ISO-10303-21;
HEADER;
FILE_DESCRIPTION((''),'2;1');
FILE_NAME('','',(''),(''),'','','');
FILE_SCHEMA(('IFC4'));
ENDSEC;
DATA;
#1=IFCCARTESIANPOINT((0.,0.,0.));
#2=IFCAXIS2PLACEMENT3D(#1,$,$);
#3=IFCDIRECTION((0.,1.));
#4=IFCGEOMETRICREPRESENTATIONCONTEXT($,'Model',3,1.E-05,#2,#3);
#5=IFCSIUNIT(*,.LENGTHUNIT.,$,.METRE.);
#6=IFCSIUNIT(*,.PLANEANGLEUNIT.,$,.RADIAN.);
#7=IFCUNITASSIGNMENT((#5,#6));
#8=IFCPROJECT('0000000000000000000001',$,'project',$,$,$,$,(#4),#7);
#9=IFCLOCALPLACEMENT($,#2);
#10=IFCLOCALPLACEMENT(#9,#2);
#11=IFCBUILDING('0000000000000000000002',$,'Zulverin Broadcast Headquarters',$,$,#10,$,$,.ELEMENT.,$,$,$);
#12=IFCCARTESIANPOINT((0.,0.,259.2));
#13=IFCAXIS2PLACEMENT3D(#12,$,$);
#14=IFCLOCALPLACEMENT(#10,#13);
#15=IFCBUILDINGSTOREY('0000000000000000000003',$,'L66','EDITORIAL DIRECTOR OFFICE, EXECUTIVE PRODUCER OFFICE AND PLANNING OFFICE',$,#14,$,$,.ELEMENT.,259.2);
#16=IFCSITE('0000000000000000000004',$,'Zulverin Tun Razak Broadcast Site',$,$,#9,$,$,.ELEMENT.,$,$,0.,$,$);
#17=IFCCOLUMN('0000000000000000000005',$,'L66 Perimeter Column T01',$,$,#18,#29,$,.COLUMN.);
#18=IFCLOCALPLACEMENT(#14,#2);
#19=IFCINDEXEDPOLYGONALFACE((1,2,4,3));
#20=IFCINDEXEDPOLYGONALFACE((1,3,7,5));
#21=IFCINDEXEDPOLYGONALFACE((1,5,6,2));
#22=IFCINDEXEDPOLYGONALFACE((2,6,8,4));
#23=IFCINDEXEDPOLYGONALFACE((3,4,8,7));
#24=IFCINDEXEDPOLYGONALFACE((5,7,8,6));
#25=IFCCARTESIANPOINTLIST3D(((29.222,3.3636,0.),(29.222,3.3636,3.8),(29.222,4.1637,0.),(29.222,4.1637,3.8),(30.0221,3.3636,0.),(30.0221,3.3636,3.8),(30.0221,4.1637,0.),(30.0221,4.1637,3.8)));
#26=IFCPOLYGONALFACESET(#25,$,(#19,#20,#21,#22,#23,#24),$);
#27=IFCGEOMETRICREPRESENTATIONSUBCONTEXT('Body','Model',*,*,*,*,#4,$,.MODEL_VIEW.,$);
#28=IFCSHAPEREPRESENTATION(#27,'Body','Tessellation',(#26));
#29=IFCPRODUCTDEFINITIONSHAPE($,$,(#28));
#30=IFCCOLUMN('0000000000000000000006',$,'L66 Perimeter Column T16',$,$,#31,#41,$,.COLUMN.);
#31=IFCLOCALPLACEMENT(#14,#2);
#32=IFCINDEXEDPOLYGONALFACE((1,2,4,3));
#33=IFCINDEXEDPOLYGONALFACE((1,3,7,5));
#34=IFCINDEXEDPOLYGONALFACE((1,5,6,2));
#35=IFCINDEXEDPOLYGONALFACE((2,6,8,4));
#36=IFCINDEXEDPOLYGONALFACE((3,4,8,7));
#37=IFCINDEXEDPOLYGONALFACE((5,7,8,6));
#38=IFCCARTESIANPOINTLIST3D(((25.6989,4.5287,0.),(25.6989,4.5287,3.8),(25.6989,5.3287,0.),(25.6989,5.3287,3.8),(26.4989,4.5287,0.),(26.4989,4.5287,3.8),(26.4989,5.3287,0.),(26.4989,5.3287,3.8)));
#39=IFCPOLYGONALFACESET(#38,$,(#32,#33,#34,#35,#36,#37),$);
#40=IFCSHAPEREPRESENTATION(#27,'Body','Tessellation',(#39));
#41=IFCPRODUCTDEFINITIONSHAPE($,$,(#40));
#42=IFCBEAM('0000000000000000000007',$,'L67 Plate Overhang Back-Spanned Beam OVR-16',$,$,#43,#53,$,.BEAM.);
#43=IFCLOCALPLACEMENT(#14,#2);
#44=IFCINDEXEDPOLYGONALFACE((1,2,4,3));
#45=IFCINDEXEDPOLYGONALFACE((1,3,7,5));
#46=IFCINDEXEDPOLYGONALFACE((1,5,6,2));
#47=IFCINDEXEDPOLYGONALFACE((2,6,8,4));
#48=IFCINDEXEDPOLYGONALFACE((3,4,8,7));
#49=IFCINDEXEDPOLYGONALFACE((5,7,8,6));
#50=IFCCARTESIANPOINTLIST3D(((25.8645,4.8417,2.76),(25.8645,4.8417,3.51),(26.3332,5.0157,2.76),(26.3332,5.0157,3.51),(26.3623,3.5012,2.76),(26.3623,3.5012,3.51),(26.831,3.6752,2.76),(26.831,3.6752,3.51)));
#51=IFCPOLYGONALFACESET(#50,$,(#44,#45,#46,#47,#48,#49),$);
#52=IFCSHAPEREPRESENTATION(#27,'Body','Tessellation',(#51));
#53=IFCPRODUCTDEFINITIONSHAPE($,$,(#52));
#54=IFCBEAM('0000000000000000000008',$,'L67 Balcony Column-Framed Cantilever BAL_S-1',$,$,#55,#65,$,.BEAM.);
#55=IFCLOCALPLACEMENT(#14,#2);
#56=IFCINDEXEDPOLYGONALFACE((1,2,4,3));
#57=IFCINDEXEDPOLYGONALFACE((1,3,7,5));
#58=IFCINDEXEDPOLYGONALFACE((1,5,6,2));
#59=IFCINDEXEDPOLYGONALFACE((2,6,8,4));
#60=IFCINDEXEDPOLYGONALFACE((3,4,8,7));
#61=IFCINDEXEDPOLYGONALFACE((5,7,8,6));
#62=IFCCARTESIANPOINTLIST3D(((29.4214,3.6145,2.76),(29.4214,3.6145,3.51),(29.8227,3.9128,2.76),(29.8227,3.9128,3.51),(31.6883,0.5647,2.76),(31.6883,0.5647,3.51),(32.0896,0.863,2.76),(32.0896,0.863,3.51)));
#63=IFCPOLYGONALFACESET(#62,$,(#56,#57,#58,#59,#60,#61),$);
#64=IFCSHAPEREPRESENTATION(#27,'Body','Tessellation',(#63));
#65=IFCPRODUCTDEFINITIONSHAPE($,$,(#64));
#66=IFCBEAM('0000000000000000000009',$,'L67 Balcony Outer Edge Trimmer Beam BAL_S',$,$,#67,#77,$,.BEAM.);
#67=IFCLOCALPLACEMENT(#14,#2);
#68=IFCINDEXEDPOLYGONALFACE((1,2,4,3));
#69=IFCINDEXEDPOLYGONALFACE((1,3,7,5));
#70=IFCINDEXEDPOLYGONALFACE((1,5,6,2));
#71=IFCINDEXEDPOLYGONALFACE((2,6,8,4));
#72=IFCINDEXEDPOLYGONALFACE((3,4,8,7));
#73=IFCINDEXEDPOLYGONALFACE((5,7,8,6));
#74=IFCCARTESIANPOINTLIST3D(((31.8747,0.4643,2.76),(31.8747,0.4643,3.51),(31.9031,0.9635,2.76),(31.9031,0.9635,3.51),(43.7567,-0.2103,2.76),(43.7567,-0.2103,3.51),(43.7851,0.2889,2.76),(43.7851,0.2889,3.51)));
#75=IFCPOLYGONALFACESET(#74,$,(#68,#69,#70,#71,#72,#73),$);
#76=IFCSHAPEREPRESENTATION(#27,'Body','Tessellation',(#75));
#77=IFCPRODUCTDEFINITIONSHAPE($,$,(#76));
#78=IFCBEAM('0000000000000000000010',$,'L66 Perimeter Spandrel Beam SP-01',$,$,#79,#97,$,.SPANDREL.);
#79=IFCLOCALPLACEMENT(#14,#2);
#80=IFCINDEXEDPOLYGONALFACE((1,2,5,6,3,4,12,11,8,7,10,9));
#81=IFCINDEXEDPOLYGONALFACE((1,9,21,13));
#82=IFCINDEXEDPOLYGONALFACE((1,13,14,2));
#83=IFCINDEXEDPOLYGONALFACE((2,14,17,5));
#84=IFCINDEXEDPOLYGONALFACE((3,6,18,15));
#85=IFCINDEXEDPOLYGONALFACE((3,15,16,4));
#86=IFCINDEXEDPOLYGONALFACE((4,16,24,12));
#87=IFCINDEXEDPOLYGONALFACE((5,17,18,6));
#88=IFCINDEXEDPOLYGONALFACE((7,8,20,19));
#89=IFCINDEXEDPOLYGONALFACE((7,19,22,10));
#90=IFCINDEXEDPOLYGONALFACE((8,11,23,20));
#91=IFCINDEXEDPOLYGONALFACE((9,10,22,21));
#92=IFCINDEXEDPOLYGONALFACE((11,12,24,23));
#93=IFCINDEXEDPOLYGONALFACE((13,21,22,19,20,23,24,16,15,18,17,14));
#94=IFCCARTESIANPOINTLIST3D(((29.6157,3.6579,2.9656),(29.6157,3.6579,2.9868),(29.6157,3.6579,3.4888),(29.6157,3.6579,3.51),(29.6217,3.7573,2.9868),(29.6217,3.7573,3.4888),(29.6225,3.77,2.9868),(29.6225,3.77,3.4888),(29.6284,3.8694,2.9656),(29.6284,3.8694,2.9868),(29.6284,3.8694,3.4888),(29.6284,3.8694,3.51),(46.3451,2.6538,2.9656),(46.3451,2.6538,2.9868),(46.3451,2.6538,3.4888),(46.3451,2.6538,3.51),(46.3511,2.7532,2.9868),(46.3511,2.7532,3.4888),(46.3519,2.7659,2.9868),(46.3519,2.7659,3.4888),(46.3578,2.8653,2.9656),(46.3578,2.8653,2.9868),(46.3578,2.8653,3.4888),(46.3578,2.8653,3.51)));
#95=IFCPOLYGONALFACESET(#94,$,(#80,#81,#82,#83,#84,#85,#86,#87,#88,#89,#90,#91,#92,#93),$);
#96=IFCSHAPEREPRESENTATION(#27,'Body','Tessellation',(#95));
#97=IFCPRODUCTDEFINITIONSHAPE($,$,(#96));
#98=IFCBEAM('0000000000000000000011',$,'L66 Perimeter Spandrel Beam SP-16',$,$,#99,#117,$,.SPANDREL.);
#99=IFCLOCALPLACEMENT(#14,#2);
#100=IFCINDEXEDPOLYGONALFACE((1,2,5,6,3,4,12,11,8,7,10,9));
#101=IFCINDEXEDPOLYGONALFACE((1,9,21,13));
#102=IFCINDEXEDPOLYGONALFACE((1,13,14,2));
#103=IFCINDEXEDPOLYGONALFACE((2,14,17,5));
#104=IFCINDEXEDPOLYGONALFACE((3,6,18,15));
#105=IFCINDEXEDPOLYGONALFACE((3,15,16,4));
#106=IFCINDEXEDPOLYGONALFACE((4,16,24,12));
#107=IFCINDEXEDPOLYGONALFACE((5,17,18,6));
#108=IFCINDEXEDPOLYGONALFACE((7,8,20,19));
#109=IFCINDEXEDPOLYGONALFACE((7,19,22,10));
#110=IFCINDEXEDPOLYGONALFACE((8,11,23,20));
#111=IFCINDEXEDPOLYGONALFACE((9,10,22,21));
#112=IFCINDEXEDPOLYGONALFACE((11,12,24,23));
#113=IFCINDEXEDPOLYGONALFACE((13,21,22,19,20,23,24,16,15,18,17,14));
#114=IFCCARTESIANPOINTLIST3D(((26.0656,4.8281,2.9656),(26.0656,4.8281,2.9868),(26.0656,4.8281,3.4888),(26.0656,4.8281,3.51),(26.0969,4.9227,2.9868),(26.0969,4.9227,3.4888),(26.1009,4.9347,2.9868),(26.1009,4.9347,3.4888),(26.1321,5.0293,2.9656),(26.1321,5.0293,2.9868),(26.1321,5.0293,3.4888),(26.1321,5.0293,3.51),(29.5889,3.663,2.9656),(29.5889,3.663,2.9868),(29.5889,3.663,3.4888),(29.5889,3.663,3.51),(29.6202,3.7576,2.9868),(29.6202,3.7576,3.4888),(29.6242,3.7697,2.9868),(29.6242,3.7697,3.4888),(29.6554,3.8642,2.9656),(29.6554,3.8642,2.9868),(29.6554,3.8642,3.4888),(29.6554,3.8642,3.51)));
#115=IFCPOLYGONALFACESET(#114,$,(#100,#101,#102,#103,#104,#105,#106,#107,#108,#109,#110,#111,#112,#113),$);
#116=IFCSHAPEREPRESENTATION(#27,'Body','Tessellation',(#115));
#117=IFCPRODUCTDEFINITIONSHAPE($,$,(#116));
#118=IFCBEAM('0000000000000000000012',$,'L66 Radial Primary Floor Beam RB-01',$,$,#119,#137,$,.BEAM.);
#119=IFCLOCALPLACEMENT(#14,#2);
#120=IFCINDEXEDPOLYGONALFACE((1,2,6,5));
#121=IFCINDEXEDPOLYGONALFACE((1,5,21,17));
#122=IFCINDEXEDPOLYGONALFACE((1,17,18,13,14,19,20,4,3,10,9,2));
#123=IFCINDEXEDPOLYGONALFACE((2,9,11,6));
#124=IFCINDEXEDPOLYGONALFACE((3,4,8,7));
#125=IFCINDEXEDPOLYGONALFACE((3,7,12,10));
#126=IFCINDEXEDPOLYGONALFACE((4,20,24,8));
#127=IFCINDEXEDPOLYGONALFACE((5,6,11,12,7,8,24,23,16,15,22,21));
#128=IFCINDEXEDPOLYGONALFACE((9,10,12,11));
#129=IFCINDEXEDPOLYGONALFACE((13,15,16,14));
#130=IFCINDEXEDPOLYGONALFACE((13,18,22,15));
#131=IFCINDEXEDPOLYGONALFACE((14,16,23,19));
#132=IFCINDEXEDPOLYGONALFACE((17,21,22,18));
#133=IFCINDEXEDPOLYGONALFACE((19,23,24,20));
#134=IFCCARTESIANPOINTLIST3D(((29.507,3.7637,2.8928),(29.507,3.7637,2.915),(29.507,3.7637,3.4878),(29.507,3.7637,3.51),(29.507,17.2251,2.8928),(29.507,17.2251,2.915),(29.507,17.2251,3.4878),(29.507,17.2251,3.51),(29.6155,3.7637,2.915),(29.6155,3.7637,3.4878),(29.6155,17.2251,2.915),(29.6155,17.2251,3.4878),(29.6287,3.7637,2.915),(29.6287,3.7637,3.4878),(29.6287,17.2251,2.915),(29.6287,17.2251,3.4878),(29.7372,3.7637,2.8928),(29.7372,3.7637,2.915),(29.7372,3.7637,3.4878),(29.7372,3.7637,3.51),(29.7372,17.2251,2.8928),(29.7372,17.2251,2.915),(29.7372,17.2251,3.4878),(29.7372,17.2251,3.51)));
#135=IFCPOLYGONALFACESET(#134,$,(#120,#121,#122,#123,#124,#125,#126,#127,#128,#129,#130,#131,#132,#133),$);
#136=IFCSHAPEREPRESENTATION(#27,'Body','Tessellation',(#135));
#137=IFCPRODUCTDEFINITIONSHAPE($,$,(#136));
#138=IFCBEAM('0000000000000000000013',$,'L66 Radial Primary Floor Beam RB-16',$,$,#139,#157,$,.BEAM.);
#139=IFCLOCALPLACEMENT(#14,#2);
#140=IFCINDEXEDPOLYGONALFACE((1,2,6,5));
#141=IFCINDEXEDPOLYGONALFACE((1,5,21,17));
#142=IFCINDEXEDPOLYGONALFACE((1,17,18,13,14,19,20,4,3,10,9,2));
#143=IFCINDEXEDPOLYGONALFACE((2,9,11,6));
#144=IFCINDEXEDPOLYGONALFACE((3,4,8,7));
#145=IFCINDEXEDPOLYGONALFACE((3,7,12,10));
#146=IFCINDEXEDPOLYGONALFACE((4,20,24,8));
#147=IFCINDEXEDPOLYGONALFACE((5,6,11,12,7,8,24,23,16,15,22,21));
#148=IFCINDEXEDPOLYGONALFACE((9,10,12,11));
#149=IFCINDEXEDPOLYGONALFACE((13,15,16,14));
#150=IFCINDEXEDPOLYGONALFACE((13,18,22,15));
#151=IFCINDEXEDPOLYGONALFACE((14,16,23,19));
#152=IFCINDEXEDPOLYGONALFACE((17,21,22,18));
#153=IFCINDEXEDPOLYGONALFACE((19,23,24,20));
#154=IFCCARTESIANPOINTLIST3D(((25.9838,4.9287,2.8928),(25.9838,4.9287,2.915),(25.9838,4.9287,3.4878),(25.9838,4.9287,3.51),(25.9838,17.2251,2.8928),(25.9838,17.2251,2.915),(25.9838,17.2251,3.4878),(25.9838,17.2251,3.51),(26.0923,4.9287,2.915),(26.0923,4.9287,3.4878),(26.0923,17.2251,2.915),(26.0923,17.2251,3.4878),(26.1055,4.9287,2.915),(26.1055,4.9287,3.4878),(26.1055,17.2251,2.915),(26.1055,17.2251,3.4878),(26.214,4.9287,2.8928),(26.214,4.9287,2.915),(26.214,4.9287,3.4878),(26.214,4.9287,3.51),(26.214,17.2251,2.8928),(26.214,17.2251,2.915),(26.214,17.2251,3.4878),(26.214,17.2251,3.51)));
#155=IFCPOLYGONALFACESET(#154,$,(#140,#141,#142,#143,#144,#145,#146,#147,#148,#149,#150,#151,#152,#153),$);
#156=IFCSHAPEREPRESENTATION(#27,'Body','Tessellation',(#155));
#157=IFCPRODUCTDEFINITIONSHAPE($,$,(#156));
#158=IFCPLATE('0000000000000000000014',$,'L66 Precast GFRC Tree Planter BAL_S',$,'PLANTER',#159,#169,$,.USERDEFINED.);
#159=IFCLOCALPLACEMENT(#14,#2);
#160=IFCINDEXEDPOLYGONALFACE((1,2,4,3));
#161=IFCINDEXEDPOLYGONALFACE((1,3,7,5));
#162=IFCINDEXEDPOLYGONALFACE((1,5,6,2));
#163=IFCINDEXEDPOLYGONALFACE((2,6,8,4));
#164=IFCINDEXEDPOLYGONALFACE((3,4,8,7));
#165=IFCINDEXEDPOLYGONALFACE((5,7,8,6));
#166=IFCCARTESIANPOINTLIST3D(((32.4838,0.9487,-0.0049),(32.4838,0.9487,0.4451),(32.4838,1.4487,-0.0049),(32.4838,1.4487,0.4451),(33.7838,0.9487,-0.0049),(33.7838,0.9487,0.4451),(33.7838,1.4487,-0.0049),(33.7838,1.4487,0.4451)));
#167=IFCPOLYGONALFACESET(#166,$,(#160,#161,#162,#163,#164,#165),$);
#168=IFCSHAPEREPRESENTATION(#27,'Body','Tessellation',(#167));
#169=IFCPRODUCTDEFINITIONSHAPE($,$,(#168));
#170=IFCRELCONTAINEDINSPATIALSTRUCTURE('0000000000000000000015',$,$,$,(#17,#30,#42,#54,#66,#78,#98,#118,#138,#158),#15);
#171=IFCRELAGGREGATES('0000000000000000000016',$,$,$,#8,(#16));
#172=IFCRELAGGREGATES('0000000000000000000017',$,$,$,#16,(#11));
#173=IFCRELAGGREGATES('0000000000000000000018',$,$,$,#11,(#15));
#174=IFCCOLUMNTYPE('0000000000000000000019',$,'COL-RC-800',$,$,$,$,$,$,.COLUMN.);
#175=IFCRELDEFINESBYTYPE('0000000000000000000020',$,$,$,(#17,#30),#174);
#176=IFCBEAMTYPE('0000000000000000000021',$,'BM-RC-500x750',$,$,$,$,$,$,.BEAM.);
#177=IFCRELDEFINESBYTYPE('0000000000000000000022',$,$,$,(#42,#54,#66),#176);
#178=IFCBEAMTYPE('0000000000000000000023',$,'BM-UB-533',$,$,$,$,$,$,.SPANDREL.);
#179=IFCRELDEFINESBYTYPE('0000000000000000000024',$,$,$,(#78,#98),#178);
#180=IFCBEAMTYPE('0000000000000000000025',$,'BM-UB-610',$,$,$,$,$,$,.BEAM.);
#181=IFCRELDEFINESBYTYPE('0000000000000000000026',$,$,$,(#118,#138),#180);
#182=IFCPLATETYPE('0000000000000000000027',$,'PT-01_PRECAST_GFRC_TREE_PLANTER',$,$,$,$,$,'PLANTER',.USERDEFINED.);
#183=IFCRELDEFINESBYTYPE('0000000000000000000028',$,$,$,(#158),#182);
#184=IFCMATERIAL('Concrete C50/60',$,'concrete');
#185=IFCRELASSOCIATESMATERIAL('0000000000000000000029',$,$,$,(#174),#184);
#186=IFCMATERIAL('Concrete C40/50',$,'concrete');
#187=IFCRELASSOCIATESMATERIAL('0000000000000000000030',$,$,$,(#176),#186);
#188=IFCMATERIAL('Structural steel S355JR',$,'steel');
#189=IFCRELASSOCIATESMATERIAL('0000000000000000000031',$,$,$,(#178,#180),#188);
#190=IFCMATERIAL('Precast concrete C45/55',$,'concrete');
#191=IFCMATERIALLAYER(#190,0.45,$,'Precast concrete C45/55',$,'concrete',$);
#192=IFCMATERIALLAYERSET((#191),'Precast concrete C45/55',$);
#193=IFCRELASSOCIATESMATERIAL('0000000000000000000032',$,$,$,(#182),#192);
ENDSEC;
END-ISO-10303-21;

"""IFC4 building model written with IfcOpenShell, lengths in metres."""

from ifc_helpers import new_model, si_unit, direction, frame, origin, origin_2d, place, context, subcontext, project, spatial, rectangle, i_section, extrude, material, layer, layer_set, material_profile, profile_set, type_object, element, save


model = new_model("IFC4")

# Units and contexts
model_context = context("Model", 3, precision=1e-05, world=origin(), true_north=direction((0.0, 1.0)))
body_context = subcontext(model_context, "Body", "Model", "MODEL_VIEW")
ifc_project = project(units=[si_unit("LENGTHUNIT", "METRE"), si_unit("PLANEANGLEUNIT", "RADIAN")], contexts=[model_context])

# Site, building, storey
site_placement = place(None, origin())
site = spatial("IfcSite", under=ifc_project, at=site_placement, Name="Zulverin Tun Razak Broadcast Site", CompositionType="ELEMENT", RefElevation=0.0)
building_placement = place(site_placement, origin())
building = spatial("IfcBuilding", under=site, at=building_placement, Name="Zulverin Broadcast Headquarters", CompositionType="ELEMENT")
storey_placement = place(building_placement, frame((0.0, 0.0, 259.2)))
storey = spatial("IfcBuildingStorey", under=building, at=storey_placement, Name="L66", Description="EDITORIAL DIRECTOR OFFICE, EXECUTIVE PRODUCER OFFICE AND PLANNING OFFICE", CompositionType="ELEMENT", Elevation=259.2)

# Columns
ifc_material_1 = material(Name="Concrete C50/60", Category="concrete")
ifc_material_profile_1 = material_profile(ifc_material_1, rectangle(XDim=0.8, YDim=0.8, at=origin_2d()), Name="Concrete C50/60", Category="concrete")
ifc_profile_set_1 = profile_set([ifc_material_profile_1], Name="Concrete C50/60")
column_type = type_object("IfcColumnType", Name="COL-RC-800", PredefinedType="COLUMN", material=ifc_profile_set_1)
for number, where, z_axis, x_axis, name in (
    (1, (29.6221, 3.7637, 0.0), (0.0, 0.0, 1.0), (1.0, 0.0, 0.0), "L66 Perimeter Column T01"),
    (2, (26.0989, 4.9287, 0.0), (0.0, 0.0, 1.0), (1.0, 0.0, 0.0), "L66 Perimeter Column T16"),
):
    element("IfcColumn", number, at=place(storey_placement, frame(where, z_axis=z_axis, x_axis=x_axis)), inside=storey, type_object=column_type, Name=name, PredefinedType="COLUMN", context=body_context, shape_type="SweptSolid", body=[
        extrude(rectangle(XDim=0.8, YDim=0.8, at=origin_2d()), origin(), (0.0, 0.0, 1.0), 3.8),
    ])

# Beams
ifc_material_2 = material(Name="Concrete C40/50", Category="concrete")
ifc_material_profile_2 = material_profile(ifc_material_2, rectangle(XDim=0.5, YDim=0.75, at=origin_2d()), Name="Concrete C40/50", Category="concrete")
ifc_profile_set_2 = profile_set([ifc_material_profile_2], Name="Concrete C40/50")
beam_type_1 = type_object("IfcBeamType", Name="BM-RC-500x750", PredefinedType="BEAM", material=ifc_profile_set_2)
beam_1_placement = place(storey_placement, frame((26.0989, 4.9287, 3.135), z_axis=(0.348109, -0.937454, 0.0), x_axis=(0.937454, 0.348109, 0.0)))
element("IfcBeam", 3, at=beam_1_placement, inside=storey, type_object=beam_type_1, Name="L67 Plate Overhang Back-Spanned Beam OVR-16", PredefinedType="BEAM", context=body_context, shape_type="SweptSolid", body=[
    extrude(rectangle(XDim=0.5, YDim=0.75, at=origin_2d()), origin(), (0.0, 0.0, 1.0), 1.4299),
])
beam_2_placement = place(storey_placement, frame((29.6221, 3.7637, 3.135), z_axis=(0.59654, -0.802583, 0.0), x_axis=(0.802583, 0.59654, 0.0)))
element("IfcBeam", 4, at=beam_2_placement, inside=storey, type_object=beam_type_1, Name="L67 Balcony Column-Framed Cantilever BAL_S-1", PredefinedType="BEAM", context=body_context, shape_type="SweptSolid", body=[
    extrude(rectangle(XDim=0.5, YDim=0.75, at=origin_2d()), origin(), (0.0, 0.0, 1.0), 3.8),
])
beam_3_placement = place(storey_placement, frame((31.8889, 0.7139, 3.135), z_axis=(0.998392, -0.05668, 0.0), x_axis=(0.05668, 0.998392, 0.0)))
element("IfcBeam", 5, at=beam_3_placement, inside=storey, type_object=beam_type_1, Name="L67 Balcony Outer Edge Trimmer Beam BAL_S", PredefinedType="BEAM", context=body_context, shape_type="SweptSolid", body=[
    extrude(rectangle(XDim=0.5, YDim=0.75, at=origin_2d()), origin(), (0.0, 0.0, 1.0), 11.9011),
])
ifc_material_3 = material(Name="Structural steel S355JR", Category="steel")
ifc_material_profile_3 = material_profile(ifc_material_3, i_section(OverallWidth=0.2119, OverallDepth=0.5444, WebThickness=0.0127, FlangeThickness=0.0212, at=origin_2d()), Name="Structural steel S355JR", Category="steel")
ifc_profile_set_3 = profile_set([ifc_material_profile_3], Name="Structural steel S355JR")
beam_type_2 = type_object("IfcBeamType", Name="BM-UB-533", PredefinedType="SPANDREL", material=ifc_profile_set_3)
beam_4_placement = place(storey_placement, frame((29.6221, 3.7637, 3.2378), z_axis=(0.998203, -0.059915, 0.0), x_axis=(0.059915, 0.998203, 0.0)))
element("IfcBeam", 6, at=beam_4_placement, inside=storey, type_object=beam_type_2, Name="L66 Perimeter Spandrel Beam SP-01", PredefinedType="SPANDREL", context=body_context, shape_type="SweptSolid", body=[
    extrude(i_section(OverallWidth=0.2119, OverallDepth=0.5444, WebThickness=0.0127, FlangeThickness=0.0212, at=origin_2d()), origin(), (0.0, 0.0, 1.0), 16.7595),
])
beam_5_placement = place(storey_placement, frame((26.0989, 4.9287, 3.2378), z_axis=(0.949437, -0.313957, 0.0), x_axis=(0.313957, 0.949437, 0.0)))
element("IfcBeam", 7, at=beam_5_placement, inside=storey, type_object=beam_type_2, Name="L66 Perimeter Spandrel Beam SP-16", PredefinedType="SPANDREL", context=body_context, shape_type="SweptSolid", body=[
    extrude(i_section(OverallWidth=0.2119, OverallDepth=0.5444, WebThickness=0.0127, FlangeThickness=0.0212, at=origin_2d()), origin(), (0.0, 0.0, 1.0), 3.7109),
])
ifc_material_profile_4 = material_profile(ifc_material_3, i_section(OverallWidth=0.2302, OverallDepth=0.6172, WebThickness=0.0132, FlangeThickness=0.0222, at=origin_2d()), Name="Structural steel S355JR", Category="steel")
ifc_profile_set_4 = profile_set([ifc_material_profile_4], Name="Structural steel S355JR")
beam_type_3 = type_object("IfcBeamType", Name="BM-UB-610", PredefinedType="BEAM", material=ifc_profile_set_4)
beam_6_placement = place(storey_placement, frame((29.6221, 17.2251, 3.2014), z_axis=(0.0, -1.0, 0.0), x_axis=(1.0, 0.0, 0.0)))
element("IfcBeam", 8, at=beam_6_placement, inside=storey, type_object=beam_type_3, Name="L66 Radial Primary Floor Beam RB-01", PredefinedType="BEAM", context=body_context, shape_type="SweptSolid", body=[
    extrude(i_section(OverallWidth=0.2302, OverallDepth=0.6172, WebThickness=0.0132, FlangeThickness=0.0222, at=origin_2d()), origin(), (0.0, 0.0, 1.0), 13.4614),
])
beam_7_placement = place(storey_placement, frame((26.0989, 17.2251, 3.2014), z_axis=(0.0, -1.0, 0.0), x_axis=(1.0, 0.0, 0.0)))
element("IfcBeam", 9, at=beam_7_placement, inside=storey, type_object=beam_type_3, Name="L66 Radial Primary Floor Beam RB-16", PredefinedType="BEAM", context=body_context, shape_type="SweptSolid", body=[
    extrude(i_section(OverallWidth=0.2302, OverallDepth=0.6172, WebThickness=0.0132, FlangeThickness=0.0222, at=origin_2d()), origin(), (0.0, 0.0, 1.0), 12.2964),
])

# Plate
ifc_material_4 = material(Name="Precast concrete C45/55", Category="concrete")
ifc_layer_1 = layer(ifc_material_4, 0.45, Name="Precast concrete C45/55", Category="concrete")
ifc_layer_set_1 = layer_set([ifc_layer_1], Name="Precast concrete C45/55")
plate_type = type_object("IfcPlateType", Name="PT-01_PRECAST_GFRC_TREE_PLANTER", ElementType="PLANTER", PredefinedType="USERDEFINED", material=ifc_layer_set_1)
plate_placement = place(storey_placement, frame((33.1338, 1.1987, -0.0049), z_axis=(0.0, 0.0, 1.0), x_axis=(1.0, 0.0, 0.0)))
element("IfcPlate", 10, at=plate_placement, inside=storey, type_object=plate_type, Name="L66 Precast GFRC Tree Planter BAL_S", ObjectType="PLANTER", PredefinedType="USERDEFINED", context=body_context, shape_type="SweptSolid", body=[
    extrude(rectangle(XDim=1.3, YDim=0.5, at=origin_2d()), origin(), (0.0, 0.0, 1.0), 0.45),
])

save(model, "model.ifc")
